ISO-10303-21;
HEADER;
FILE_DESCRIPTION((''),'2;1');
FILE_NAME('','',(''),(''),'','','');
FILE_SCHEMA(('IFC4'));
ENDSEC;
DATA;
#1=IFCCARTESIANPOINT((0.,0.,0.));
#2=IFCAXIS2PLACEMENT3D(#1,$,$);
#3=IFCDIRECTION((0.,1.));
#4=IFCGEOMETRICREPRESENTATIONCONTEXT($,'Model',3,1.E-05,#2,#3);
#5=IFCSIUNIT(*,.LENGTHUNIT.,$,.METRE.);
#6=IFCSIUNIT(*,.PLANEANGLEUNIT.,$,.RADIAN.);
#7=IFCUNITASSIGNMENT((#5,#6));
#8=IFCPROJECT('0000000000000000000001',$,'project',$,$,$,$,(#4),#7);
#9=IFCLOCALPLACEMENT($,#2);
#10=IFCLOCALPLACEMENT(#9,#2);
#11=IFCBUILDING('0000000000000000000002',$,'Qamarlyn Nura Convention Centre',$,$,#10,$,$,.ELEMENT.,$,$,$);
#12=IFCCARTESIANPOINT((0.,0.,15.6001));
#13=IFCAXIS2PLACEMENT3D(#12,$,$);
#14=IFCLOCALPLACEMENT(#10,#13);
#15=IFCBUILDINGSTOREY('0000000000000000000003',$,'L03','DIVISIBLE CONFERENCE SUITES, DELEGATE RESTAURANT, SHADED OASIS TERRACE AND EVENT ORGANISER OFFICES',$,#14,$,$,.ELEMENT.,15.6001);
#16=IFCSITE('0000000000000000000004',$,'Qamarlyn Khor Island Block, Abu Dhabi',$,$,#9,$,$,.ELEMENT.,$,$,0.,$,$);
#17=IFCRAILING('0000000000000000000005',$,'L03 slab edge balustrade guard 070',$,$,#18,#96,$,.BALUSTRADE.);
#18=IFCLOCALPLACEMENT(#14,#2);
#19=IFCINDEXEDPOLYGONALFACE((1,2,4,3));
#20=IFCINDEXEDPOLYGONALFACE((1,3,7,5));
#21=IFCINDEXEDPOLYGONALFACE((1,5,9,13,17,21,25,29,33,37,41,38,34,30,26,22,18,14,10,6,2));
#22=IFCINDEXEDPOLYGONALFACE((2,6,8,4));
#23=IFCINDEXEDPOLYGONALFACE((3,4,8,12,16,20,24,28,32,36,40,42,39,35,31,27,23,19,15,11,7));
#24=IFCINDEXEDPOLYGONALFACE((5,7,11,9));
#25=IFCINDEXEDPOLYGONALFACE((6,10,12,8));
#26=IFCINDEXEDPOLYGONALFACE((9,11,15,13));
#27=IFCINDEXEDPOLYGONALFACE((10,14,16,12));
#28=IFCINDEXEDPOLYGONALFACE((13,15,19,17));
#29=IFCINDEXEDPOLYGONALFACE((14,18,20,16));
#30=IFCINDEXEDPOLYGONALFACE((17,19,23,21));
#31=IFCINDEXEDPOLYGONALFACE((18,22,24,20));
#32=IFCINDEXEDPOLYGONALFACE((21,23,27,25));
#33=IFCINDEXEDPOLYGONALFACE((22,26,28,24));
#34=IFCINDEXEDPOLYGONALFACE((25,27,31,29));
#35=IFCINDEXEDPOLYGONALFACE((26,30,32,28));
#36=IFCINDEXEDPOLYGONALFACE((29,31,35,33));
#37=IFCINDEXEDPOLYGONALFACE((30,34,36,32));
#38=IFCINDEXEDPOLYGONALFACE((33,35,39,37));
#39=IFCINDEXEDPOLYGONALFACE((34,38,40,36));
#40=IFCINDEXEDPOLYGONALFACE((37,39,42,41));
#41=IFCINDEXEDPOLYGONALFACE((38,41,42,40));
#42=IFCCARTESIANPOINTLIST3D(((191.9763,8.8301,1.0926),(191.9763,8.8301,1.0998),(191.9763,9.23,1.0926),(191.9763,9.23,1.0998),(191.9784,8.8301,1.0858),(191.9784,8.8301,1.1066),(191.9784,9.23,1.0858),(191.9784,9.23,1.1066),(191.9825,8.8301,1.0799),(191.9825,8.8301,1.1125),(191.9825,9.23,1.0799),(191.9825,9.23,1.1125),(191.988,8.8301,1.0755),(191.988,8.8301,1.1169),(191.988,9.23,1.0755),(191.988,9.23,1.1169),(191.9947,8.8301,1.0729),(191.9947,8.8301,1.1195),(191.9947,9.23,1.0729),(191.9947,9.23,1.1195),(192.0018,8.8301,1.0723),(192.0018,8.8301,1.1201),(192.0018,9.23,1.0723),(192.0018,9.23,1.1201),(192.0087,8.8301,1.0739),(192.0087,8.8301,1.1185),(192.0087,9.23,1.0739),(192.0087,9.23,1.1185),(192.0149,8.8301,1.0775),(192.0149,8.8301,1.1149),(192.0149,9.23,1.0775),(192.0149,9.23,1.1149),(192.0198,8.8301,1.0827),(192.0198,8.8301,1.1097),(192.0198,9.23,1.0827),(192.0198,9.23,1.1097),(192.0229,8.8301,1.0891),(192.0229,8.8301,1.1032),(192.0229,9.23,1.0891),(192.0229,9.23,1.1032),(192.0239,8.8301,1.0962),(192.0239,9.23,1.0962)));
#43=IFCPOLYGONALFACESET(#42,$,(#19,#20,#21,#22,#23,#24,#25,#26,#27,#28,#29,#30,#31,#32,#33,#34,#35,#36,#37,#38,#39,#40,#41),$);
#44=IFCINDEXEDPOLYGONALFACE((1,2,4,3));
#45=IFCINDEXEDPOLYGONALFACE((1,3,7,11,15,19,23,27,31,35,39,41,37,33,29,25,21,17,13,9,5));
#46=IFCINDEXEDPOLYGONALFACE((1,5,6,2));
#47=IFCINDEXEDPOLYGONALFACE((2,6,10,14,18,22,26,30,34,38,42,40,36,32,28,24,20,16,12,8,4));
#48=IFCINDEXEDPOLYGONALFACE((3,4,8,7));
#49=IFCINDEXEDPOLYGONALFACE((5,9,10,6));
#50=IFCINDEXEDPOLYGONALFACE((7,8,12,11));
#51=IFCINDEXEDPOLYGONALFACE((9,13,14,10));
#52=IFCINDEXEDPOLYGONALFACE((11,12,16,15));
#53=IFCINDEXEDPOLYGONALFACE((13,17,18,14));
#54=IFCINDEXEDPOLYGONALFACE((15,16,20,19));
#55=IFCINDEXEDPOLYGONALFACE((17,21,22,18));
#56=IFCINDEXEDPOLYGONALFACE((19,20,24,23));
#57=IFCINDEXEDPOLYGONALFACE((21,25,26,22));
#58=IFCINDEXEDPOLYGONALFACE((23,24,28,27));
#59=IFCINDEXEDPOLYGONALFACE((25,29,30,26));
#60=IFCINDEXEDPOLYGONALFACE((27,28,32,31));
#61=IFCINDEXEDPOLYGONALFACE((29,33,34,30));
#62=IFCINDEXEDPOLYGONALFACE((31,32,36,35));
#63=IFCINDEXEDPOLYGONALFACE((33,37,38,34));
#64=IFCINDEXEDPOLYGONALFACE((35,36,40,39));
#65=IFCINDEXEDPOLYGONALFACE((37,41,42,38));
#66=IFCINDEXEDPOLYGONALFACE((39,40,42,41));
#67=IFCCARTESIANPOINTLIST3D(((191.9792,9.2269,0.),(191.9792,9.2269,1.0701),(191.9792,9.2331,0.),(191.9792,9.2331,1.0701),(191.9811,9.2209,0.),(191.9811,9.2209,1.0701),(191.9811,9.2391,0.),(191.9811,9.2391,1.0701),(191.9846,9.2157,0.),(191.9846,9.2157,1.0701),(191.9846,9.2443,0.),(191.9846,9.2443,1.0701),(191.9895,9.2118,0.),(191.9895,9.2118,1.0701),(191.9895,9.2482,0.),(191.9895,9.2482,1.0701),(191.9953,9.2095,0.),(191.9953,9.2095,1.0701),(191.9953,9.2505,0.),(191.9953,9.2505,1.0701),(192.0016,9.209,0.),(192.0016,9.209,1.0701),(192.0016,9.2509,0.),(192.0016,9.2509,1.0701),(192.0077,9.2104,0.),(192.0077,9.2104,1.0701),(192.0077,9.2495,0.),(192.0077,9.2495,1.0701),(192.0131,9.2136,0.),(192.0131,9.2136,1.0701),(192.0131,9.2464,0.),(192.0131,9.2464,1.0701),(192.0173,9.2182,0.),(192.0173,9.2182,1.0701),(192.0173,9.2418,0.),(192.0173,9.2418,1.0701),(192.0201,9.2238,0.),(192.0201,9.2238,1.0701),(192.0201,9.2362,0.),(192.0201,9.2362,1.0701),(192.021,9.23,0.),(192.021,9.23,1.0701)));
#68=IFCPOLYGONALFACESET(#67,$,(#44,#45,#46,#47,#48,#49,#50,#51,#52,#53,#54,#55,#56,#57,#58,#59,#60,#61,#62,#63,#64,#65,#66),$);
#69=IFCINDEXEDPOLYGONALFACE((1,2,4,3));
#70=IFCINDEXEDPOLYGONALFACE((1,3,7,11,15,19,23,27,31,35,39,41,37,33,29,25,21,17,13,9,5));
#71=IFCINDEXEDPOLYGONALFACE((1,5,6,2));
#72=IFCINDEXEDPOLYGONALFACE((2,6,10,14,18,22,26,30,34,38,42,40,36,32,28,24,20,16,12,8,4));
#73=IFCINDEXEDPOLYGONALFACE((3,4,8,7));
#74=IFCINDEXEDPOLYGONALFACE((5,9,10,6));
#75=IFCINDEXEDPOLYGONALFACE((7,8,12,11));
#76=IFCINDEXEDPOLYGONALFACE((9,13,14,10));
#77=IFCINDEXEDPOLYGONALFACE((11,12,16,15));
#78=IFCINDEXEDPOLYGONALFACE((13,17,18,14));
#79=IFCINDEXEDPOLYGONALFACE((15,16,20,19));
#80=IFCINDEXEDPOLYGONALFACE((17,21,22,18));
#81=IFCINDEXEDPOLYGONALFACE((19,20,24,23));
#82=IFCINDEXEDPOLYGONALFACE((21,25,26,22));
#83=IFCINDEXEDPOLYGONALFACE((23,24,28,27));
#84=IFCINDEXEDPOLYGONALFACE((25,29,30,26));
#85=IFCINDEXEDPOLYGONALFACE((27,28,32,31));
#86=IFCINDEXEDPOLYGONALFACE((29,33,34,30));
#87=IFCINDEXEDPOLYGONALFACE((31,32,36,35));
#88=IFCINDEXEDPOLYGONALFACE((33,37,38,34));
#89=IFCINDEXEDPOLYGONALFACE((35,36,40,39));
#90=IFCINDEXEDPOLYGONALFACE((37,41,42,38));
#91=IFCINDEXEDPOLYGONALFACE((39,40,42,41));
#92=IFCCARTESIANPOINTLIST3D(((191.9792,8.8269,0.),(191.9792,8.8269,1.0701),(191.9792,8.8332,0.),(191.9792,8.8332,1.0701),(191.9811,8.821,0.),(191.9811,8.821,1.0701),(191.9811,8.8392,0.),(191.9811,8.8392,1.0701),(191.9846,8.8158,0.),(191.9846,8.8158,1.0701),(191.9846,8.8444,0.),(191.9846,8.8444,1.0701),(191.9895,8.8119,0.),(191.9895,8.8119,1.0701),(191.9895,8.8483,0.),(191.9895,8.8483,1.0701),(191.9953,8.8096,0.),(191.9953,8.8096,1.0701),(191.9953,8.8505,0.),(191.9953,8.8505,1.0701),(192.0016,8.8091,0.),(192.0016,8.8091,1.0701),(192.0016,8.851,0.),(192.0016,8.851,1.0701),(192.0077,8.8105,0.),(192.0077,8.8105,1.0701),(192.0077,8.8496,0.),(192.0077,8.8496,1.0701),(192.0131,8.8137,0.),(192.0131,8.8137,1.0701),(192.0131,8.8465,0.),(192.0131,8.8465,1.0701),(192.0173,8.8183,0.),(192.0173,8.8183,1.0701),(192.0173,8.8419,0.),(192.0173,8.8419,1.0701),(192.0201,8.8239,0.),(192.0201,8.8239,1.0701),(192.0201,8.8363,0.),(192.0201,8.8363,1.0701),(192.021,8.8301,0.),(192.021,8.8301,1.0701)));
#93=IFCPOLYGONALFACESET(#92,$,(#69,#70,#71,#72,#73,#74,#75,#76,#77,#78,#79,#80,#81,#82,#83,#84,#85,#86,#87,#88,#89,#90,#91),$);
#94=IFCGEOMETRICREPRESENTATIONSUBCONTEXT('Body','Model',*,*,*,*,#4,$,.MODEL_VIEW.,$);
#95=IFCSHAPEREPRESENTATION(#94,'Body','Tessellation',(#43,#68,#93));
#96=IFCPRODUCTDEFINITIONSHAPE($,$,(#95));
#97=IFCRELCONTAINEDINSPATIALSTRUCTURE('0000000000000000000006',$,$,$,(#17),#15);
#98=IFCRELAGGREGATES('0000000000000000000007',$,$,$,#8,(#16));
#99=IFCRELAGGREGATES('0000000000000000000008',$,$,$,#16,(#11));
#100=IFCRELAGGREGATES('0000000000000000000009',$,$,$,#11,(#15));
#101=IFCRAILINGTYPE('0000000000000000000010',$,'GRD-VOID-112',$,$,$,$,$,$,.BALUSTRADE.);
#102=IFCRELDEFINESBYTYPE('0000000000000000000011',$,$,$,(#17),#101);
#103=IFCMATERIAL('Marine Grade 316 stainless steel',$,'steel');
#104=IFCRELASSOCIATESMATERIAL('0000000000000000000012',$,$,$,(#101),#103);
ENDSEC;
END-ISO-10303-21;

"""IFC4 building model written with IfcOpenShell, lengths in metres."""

from ifc_helpers import new_model, si_unit, direction, frame, origin, origin_2d, place, context, subcontext, project, spatial, circle, extrude, material, type_object, element, save


model = new_model("IFC4")

# Units and contexts
model_context = context("Model", 3, precision=1e-05, world=origin(), true_north=direction((0.0, 1.0)))
body_context = subcontext(model_context, "Body", "Model", "MODEL_VIEW")
ifc_project = project(units=[si_unit("LENGTHUNIT", "METRE"), si_unit("PLANEANGLEUNIT", "RADIAN")], contexts=[model_context])

# Site, building, storey
site_placement = place(None, origin())
site = spatial("IfcSite", under=ifc_project, at=site_placement, Name="Qamarlyn Khor Island Block, Abu Dhabi", CompositionType="ELEMENT", RefElevation=0.0)
building_placement = place(site_placement, origin())
building = spatial("IfcBuilding", under=site, at=building_placement, Name="Qamarlyn Nura Convention Centre", CompositionType="ELEMENT")
storey_placement = place(building_placement, frame((0.0, 0.0, 15.6001)))
storey = spatial("IfcBuildingStorey", under=building, at=storey_placement, Name="L03", Description="DIVISIBLE CONFERENCE SUITES, DELEGATE RESTAURANT, SHADED OASIS TERRACE AND EVENT ORGANISER OFFICES", CompositionType="ELEMENT", Elevation=15.6001)

# Shared definitions
ifc_material_1 = material(Name="Marine Grade 316 stainless steel", Category="steel")

# Railing
railing_type = type_object("IfcRailingType", Name="GRD-VOID-112", PredefinedType="BALUSTRADE", material=ifc_material_1)
railing_placement = place(storey_placement, frame((192.0, 9.23, 0.0)))
element("IfcRailing", 1, at=railing_placement, inside=storey, type_object=railing_type, Name="L03 slab edge balustrade guard 070", PredefinedType="BALUSTRADE", context=body_context, shape_type="SweptSolid", body=[
    extrude(circle(Radius=0.0239, at=origin_2d()), frame((0.0, 0.0, 1.0962), z_axis=(0.0, -1.0, 0.0), x_axis=(1.0, 0.0, 0.0)), (0.0, 0.0, 1.0), 0.3999),
    extrude(circle(Radius=0.021, at=origin_2d()), origin(), (0.0, 0.0, 1.0), 1.0701),
    extrude(circle(Radius=0.021, at=origin_2d()), frame((0.0, -0.3999, 0.0)), (0.0, 0.0, 1.0), 1.0701),
])

save(model, "model.ifc")
